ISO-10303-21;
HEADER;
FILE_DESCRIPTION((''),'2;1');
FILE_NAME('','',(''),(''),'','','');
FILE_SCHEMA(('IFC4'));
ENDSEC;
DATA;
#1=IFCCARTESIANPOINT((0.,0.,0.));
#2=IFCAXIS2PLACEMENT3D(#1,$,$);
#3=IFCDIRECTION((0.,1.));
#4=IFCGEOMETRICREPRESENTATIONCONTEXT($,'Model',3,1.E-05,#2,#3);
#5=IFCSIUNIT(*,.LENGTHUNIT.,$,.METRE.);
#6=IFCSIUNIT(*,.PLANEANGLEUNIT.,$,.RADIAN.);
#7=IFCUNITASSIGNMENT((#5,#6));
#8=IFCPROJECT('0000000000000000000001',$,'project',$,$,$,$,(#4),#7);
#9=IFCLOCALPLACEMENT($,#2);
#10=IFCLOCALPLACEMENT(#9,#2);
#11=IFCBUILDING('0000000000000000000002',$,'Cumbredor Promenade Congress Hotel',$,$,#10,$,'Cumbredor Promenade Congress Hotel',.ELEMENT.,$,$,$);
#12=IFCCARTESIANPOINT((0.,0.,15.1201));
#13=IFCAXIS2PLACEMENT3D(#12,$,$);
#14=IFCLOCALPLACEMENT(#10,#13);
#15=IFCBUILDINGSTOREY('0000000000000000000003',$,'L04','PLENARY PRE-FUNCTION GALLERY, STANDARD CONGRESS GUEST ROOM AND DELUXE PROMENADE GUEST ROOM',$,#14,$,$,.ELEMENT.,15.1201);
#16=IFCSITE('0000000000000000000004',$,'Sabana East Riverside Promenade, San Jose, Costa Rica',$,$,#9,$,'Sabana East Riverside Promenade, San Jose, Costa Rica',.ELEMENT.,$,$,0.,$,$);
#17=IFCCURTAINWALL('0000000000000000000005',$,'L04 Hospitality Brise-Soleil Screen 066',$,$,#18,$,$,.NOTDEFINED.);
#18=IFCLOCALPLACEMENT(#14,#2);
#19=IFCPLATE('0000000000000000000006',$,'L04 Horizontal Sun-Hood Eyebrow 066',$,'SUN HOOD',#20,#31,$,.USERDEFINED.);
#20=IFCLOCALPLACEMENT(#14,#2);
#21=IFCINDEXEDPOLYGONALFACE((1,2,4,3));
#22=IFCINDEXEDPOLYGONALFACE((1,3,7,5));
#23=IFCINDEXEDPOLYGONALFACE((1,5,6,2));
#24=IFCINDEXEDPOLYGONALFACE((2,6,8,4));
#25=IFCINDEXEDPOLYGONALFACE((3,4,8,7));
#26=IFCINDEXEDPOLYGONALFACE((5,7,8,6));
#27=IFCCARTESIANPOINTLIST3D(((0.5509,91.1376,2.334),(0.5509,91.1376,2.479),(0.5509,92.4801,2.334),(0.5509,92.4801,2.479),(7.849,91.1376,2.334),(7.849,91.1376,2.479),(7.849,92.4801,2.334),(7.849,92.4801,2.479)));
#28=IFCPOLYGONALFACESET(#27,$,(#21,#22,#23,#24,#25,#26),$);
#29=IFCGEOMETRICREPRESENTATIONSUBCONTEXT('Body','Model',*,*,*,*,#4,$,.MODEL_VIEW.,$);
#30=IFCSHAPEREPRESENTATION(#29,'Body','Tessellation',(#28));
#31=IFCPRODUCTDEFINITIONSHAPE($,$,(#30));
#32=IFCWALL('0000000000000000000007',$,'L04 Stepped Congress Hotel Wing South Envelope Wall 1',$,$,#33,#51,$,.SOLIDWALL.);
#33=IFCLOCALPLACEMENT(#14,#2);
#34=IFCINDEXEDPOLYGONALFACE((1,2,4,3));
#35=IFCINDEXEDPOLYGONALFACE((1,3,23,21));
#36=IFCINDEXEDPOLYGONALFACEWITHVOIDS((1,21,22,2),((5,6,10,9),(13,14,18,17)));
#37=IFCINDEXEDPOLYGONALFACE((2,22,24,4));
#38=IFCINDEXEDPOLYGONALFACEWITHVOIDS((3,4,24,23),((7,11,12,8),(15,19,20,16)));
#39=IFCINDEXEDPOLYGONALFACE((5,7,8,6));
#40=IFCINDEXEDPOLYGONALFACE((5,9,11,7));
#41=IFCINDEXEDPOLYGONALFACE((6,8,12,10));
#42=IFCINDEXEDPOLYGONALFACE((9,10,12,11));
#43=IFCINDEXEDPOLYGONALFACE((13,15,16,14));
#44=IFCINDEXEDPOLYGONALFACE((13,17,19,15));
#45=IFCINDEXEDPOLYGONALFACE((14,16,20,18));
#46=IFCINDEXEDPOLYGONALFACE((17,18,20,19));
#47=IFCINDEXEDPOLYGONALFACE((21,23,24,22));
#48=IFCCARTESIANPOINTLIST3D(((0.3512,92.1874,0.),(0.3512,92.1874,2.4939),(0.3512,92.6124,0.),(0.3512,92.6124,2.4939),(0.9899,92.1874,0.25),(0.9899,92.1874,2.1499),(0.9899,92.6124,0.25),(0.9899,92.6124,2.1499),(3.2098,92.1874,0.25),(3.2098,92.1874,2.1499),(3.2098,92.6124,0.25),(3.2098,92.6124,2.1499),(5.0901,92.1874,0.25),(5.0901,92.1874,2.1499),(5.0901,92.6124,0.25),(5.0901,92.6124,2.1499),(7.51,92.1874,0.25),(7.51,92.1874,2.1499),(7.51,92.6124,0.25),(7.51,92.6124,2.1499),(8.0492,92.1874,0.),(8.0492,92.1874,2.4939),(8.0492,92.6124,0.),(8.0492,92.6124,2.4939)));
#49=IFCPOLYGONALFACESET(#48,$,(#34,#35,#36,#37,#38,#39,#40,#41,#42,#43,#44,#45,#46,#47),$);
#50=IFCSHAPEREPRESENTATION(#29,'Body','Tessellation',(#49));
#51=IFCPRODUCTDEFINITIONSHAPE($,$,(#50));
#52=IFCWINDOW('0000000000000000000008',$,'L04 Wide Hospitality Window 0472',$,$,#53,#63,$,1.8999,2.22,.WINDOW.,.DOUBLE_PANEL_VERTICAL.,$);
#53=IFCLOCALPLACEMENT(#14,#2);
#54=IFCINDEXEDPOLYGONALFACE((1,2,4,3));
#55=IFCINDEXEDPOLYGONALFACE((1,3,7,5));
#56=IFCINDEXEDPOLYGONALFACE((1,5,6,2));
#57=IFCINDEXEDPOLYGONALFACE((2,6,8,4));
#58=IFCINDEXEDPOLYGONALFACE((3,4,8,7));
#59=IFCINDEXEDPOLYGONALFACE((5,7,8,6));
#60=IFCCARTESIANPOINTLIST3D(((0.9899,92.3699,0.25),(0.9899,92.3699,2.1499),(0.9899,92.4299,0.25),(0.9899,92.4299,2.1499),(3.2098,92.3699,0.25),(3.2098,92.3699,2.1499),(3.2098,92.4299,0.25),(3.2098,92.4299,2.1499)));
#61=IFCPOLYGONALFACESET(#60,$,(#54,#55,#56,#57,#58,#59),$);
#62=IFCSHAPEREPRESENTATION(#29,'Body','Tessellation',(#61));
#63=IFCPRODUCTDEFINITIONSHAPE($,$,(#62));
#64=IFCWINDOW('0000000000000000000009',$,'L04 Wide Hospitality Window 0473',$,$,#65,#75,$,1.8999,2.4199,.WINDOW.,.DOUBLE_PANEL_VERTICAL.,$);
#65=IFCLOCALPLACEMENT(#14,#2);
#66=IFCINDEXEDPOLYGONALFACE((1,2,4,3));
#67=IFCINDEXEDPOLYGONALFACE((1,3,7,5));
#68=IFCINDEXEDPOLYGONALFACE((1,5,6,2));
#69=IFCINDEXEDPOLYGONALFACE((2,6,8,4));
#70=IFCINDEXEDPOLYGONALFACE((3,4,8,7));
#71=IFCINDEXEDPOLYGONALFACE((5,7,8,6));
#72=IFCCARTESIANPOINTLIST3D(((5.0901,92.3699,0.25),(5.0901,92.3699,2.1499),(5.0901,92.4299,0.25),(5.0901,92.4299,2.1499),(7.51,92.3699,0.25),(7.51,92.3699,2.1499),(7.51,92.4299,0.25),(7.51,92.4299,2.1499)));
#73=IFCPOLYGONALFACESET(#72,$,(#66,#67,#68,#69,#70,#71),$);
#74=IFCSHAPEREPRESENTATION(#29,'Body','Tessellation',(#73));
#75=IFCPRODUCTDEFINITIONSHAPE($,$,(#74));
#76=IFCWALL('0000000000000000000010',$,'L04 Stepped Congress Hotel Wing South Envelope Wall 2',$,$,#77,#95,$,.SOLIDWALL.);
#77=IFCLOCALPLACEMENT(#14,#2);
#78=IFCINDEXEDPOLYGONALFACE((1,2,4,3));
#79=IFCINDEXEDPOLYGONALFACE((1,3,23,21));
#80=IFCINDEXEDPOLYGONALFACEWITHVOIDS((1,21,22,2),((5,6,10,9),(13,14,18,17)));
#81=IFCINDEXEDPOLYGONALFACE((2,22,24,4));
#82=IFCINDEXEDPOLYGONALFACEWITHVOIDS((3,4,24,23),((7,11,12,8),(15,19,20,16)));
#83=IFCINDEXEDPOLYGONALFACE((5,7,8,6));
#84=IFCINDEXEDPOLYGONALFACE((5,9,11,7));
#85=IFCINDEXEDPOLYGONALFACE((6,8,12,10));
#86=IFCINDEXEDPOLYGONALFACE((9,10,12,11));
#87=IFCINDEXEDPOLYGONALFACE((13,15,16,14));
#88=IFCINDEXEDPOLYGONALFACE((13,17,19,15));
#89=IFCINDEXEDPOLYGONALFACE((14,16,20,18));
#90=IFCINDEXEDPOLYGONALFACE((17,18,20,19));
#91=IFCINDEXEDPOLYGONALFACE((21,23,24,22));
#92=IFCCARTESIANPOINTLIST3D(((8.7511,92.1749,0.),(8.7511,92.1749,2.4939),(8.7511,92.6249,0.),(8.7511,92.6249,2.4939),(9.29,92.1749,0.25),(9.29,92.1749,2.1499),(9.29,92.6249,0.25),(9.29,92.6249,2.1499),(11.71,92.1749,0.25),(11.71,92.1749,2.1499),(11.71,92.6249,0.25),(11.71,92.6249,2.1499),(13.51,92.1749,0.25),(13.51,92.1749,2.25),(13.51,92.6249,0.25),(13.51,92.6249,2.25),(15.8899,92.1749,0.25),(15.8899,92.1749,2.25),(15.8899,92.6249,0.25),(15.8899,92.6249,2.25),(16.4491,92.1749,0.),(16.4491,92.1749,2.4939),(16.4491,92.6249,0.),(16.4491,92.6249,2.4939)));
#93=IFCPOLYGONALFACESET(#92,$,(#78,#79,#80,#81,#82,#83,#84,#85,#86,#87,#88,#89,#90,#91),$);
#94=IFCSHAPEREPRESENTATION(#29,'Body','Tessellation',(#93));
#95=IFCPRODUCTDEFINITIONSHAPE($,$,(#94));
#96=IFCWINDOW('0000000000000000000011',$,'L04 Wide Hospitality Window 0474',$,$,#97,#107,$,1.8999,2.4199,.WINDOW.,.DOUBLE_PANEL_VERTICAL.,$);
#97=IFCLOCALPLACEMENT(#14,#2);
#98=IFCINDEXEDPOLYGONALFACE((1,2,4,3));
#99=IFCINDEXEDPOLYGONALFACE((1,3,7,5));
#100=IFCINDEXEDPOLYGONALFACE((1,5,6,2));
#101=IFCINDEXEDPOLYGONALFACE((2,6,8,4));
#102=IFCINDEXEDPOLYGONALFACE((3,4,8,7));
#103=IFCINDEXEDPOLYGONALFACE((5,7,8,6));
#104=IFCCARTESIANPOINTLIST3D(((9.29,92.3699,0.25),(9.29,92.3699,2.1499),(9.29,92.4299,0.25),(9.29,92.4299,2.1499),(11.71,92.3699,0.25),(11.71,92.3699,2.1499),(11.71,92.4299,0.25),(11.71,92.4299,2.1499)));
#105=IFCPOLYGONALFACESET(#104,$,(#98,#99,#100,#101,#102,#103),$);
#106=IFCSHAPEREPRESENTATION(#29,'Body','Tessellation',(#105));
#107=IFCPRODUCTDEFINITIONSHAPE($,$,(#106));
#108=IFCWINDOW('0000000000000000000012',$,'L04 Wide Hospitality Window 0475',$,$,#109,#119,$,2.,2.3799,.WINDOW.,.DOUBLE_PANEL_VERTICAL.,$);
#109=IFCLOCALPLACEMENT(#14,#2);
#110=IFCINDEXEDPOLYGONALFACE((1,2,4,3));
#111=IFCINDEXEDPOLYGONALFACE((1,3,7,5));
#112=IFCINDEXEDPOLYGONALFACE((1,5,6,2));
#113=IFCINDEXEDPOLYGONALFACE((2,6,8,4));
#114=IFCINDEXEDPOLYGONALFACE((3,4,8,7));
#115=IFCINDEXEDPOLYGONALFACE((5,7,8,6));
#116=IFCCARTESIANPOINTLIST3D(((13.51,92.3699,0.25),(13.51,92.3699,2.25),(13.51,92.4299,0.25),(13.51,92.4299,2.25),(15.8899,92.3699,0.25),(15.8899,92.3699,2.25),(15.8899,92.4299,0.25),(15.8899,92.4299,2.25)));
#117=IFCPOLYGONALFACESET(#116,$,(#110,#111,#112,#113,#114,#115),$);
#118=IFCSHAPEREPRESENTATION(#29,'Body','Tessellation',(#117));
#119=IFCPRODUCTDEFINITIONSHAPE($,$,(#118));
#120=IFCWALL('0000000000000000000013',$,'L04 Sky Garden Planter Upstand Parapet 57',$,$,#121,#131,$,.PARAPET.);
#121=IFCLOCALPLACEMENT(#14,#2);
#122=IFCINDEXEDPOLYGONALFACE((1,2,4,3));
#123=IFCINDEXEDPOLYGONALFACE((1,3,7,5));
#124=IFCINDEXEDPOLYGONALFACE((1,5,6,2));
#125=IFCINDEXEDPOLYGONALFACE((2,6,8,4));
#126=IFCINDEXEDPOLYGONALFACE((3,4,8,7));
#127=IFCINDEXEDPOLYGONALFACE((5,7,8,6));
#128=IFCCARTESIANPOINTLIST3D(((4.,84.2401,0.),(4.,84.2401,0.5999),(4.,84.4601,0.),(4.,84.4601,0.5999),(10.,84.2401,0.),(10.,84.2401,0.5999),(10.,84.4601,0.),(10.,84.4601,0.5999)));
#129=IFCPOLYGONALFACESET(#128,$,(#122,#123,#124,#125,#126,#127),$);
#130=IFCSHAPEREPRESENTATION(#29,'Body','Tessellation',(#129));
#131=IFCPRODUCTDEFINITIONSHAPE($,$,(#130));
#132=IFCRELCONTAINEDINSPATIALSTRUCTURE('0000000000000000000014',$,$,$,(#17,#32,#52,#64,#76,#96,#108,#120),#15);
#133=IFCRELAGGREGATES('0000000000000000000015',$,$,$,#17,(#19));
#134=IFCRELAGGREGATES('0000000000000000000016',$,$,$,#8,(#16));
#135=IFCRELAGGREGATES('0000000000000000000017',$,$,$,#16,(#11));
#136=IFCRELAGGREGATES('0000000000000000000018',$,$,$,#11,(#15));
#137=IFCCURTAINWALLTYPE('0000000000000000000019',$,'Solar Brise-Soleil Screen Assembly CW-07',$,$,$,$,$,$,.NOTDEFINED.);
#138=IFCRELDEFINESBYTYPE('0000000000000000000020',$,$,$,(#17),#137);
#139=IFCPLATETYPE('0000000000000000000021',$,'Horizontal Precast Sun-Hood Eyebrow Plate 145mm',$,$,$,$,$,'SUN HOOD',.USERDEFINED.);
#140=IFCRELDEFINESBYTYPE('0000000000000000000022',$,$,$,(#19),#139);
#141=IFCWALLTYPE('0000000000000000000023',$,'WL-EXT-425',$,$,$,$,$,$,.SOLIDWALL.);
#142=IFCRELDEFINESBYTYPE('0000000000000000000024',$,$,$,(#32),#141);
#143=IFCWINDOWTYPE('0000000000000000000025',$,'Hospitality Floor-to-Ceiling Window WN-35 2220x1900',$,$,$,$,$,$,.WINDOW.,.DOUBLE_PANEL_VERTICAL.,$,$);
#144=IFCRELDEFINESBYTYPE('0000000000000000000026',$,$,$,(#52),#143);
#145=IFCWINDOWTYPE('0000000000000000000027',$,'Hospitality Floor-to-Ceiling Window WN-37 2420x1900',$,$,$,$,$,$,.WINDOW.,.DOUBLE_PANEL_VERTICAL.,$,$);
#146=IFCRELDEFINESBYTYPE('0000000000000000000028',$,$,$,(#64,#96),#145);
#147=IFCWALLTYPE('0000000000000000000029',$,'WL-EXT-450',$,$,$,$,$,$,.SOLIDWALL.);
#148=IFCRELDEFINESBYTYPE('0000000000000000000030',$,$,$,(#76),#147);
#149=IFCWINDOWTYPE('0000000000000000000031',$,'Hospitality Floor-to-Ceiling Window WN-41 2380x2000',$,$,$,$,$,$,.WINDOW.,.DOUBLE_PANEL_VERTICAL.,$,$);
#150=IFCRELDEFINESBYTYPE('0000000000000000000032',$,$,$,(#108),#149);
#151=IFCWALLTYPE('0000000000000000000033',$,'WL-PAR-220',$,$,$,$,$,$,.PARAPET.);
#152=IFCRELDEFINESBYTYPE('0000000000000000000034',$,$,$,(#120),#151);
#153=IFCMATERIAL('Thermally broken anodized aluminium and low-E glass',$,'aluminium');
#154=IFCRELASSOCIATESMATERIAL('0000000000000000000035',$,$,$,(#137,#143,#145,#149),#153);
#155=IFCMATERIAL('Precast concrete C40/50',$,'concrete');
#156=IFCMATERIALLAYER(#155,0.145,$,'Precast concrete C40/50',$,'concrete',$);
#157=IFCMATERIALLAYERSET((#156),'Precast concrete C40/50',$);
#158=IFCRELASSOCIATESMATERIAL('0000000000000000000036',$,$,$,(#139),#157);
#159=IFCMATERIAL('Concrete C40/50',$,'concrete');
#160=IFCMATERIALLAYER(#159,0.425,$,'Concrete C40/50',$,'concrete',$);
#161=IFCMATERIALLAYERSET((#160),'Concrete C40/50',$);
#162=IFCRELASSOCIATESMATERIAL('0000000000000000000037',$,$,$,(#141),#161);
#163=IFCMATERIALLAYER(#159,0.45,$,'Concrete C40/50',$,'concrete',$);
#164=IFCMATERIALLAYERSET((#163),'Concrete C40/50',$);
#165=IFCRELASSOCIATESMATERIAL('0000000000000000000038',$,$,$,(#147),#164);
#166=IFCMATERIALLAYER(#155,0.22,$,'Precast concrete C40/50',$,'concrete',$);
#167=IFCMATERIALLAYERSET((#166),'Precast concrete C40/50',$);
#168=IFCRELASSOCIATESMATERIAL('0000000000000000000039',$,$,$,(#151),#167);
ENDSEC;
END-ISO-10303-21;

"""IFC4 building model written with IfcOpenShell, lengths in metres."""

from ifc_helpers import new_model, si_unit, direction, frame, frame_2d, origin, origin_2d, place, context, subcontext, project, spatial, rectangle, extrude, material, layer, layer_set, type_object, element, fill, aggregate, save


model = new_model("IFC4")

# Units and contexts
model_context = context("Model", 3, precision=1e-05, world=origin(), true_north=direction((0.0, 1.0)))
body_context = subcontext(model_context, "Body", "Model", "MODEL_VIEW")
ifc_project = project(units=[si_unit("LENGTHUNIT", "METRE"), si_unit("PLANEANGLEUNIT", "RADIAN")], contexts=[model_context])

# Site, building, storey
site_placement = place(None, origin())
site = spatial("IfcSite", under=ifc_project, at=site_placement, Name="Sabana East Riverside Promenade, San Jose, Costa Rica", LongName="Sabana East Riverside Promenade, San Jose, Costa Rica", CompositionType="ELEMENT", RefElevation=0.0)
building_placement = place(site_placement, origin())
building = spatial("IfcBuilding", under=site, at=building_placement, Name="Cumbredor Promenade Congress Hotel", LongName="Cumbredor Promenade Congress Hotel", CompositionType="ELEMENT")
storey_placement = place(building_placement, frame((0.0, 0.0, 15.1201)))
storey = spatial("IfcBuildingStorey", under=building, at=storey_placement, Name="L04", Description="PLENARY PRE-FUNCTION GALLERY, STANDARD CONGRESS GUEST ROOM AND DELUXE PROMENADE GUEST ROOM", CompositionType="ELEMENT", Elevation=15.1201)

# Shared definitions
ifc_material_1 = material(Name="Concrete C40/50", Category="concrete")

# Curtain wall
ifc_material_2 = material(Name="Thermally broken anodized aluminium and low-E glass", Category="aluminium")
curtain_wall_type = type_object("IfcCurtainWallType", Name="Solar Brise-Soleil Screen Assembly CW-07", PredefinedType="NOTDEFINED", material=ifc_material_2)
curtain_wall_1_placement = place(storey_placement, origin())
curtain_wall_1 = element("IfcCurtainWall", 1, at=curtain_wall_1_placement, inside=storey, type_object=curtain_wall_type, Name="L04 Hospitality Brise-Soleil Screen 066", PredefinedType="NOTDEFINED")

# Plate
ifc_material_3 = material(Name="Precast concrete C40/50", Category="concrete")
ifc_layer_1 = layer(ifc_material_3, 0.145, Name="Precast concrete C40/50", Category="concrete")
ifc_layer_set_1 = layer_set([ifc_layer_1], Name="Precast concrete C40/50")
plate_type = type_object("IfcPlateType", Name="Horizontal Precast Sun-Hood Eyebrow Plate 145mm", ElementType="SUN HOOD", PredefinedType="USERDEFINED", material=ifc_layer_set_1)
plate_placement = place(storey_placement, frame((4.2, 91.8088, 2.334), z_axis=(0.0, 0.0, 1.0), x_axis=(1.0, 0.0, 0.0)))
plate = element("IfcPlate", 2, at=plate_placement, type_object=plate_type, Name="L04 Horizontal Sun-Hood Eyebrow 066", ObjectType="SUN HOOD", PredefinedType="USERDEFINED", context=body_context, shape_type="SweptSolid", body=[
    extrude(rectangle(XDim=7.2981, YDim=1.3425, at=origin_2d()), origin(), (0.0, 0.0, 1.0), 0.145),
])
aggregate(curtain_wall_1, [plate])

# Walls, openings, windows
ifc_layer_2 = layer(ifc_material_1, 0.425, Name="Concrete C40/50", Category="concrete")
ifc_layer_set_2 = layer_set([ifc_layer_2], Name="Concrete C40/50")
wall_type_1 = type_object("IfcWallType", Name="WL-EXT-425", PredefinedType="SOLIDWALL", material=ifc_layer_set_2)
wall_1_placement = place(storey_placement, frame((0.3511, 92.3999, 0.0), z_axis=(0.0, 0.0, 1.0), x_axis=(1.0, 0.0, 0.0)))
wall_1 = element("IfcWall", 3, at=wall_1_placement, inside=storey, type_object=wall_type_1, Name="L04 Stepped Congress Hotel Wing South Envelope Wall 1", PredefinedType="SOLIDWALL", context=body_context, shape_type="SweptSolid", body=[
    extrude(rectangle(XDim=7.698, YDim=0.425, at=frame_2d((3.8491, 0.0))), origin(), (0.0, 0.0, 1.0), 2.4939),
])
opening_1_placement = place(wall_1_placement, frame((0.6389, 0.0, 0.25)))
opening_1 = element("IfcOpeningElement", 4, at=opening_1_placement, cuts=wall_1, PredefinedType="OPENING", context=body_context, shape_type="SweptSolid", body=[
    extrude(rectangle(XDim=2.22, YDim=1.8999, at=frame_2d((1.1099, 0.95))), frame((0.0, 0.2227, 0.0), z_axis=(0.0, -1.0, 0.0), x_axis=(1.0, 0.0, 0.0)), (0.0, 0.0, 1.0), 0.4451),
])
opening_2_placement = place(wall_1_placement, frame((4.739, 0.0, 0.25)))
opening_2 = element("IfcOpeningElement", 5, at=opening_2_placement, cuts=wall_1, PredefinedType="OPENING", context=body_context, shape_type="SweptSolid", body=[
    extrude(rectangle(XDim=2.4199, YDim=1.8999, at=frame_2d((1.21, 0.95))), frame((0.0, 0.2227, 0.0), z_axis=(0.0, -1.0, 0.0), x_axis=(1.0, 0.0, 0.0)), (0.0, 0.0, 1.0), 0.4451),
])
window_type_1 = type_object("IfcWindowType", Name="Hospitality Floor-to-Ceiling Window WN-35 2220x1900", PartitioningType="DOUBLE_PANEL_VERTICAL", PredefinedType="WINDOW", material=ifc_material_2)
window_1_placement = place(opening_1_placement, origin())
window_1 = element("IfcWindow", 6, at=window_1_placement, inside=storey, type_object=window_type_1, Name="L04 Wide Hospitality Window 0472", OverallHeight=1.8999, OverallWidth=2.22, PartitioningType="DOUBLE_PANEL_VERTICAL", PredefinedType="WINDOW", context=body_context, shape_type="SweptSolid", body=[
    extrude(rectangle(XDim=2.22, YDim=1.8999, at=frame_2d((1.1099, 0.95))), frame((0.0, 0.03, 0.0), z_axis=(0.0, -1.0, 0.0), x_axis=(1.0, 0.0, 0.0)), (0.0, 0.0, 1.0), 0.0601),
])
fill(opening_1, window_1)
window_type_2 = type_object("IfcWindowType", Name="Hospitality Floor-to-Ceiling Window WN-37 2420x1900", PartitioningType="DOUBLE_PANEL_VERTICAL", PredefinedType="WINDOW", material=ifc_material_2)
window_2_placement = place(opening_2_placement, origin())
window_2 = element("IfcWindow", 7, at=window_2_placement, inside=storey, type_object=window_type_2, Name="L04 Wide Hospitality Window 0473", OverallHeight=1.8999, OverallWidth=2.4199, PartitioningType="DOUBLE_PANEL_VERTICAL", PredefinedType="WINDOW", context=body_context, shape_type="SweptSolid", body=[
    extrude(rectangle(XDim=2.4199, YDim=1.8999, at=frame_2d((1.21, 0.95))), frame((0.0, 0.03, 0.0), z_axis=(0.0, -1.0, 0.0), x_axis=(1.0, 0.0, 0.0)), (0.0, 0.0, 1.0), 0.0601),
])
fill(opening_2, window_2)
ifc_layer_3 = layer(ifc_material_1, 0.45, Name="Concrete C40/50", Category="concrete")
ifc_layer_set_3 = layer_set([ifc_layer_3], Name="Concrete C40/50")
wall_type_2 = type_object("IfcWallType", Name="WL-EXT-450", PredefinedType="SOLIDWALL", material=ifc_layer_set_3)
wall_2_placement = place(storey_placement, frame((8.751, 92.3999, 0.0), z_axis=(0.0, 0.0, 1.0), x_axis=(1.0, 0.0, 0.0)))
wall_2 = element("IfcWall", 8, at=wall_2_placement, inside=storey, type_object=wall_type_2, Name="L04 Stepped Congress Hotel Wing South Envelope Wall 2", PredefinedType="SOLIDWALL", context=body_context, shape_type="SweptSolid", body=[
    extrude(rectangle(XDim=7.698, YDim=0.45, at=frame_2d((3.8491, 0.0))), origin(), (0.0, 0.0, 1.0), 2.4939),
])
opening_3_placement = place(wall_2_placement, frame((0.5391, 0.0, 0.25)))
opening_3 = element("IfcOpeningElement", 9, at=opening_3_placement, cuts=wall_2, PredefinedType="OPENING", context=body_context, shape_type="SweptSolid", body=[
    extrude(rectangle(XDim=2.4199, YDim=1.8999, at=frame_2d((1.21, 0.95))), frame((0.0, 0.2349, 0.0), z_axis=(0.0, -1.0, 0.0), x_axis=(1.0, 0.0, 0.0)), (0.0, 0.0, 1.0), 0.47),
])
opening_4_placement = place(wall_2_placement, frame((4.759, 0.0, 0.25)))
opening_4 = element("IfcOpeningElement", 10, at=opening_4_placement, cuts=wall_2, PredefinedType="OPENING", context=body_context, shape_type="SweptSolid", body=[
    extrude(rectangle(XDim=2.3799, YDim=2.0, at=frame_2d((1.1899, 1.0))), frame((0.0, 0.2349, 0.0), z_axis=(0.0, -1.0, 0.0), x_axis=(1.0, 0.0, 0.0)), (0.0, 0.0, 1.0), 0.47),
])
window_3_placement = place(opening_3_placement, origin())
window_3 = element("IfcWindow", 11, at=window_3_placement, inside=storey, type_object=window_type_2, Name="L04 Wide Hospitality Window 0474", OverallHeight=1.8999, OverallWidth=2.4199, PartitioningType="DOUBLE_PANEL_VERTICAL", PredefinedType="WINDOW", context=body_context, shape_type="SweptSolid", body=[
    extrude(rectangle(XDim=2.4199, YDim=1.8999, at=frame_2d((1.21, 0.95))), frame((0.0, 0.03, 0.0), z_axis=(0.0, -1.0, 0.0), x_axis=(1.0, 0.0, 0.0)), (0.0, 0.0, 1.0), 0.0601),
])
fill(opening_3, window_3)
window_type_3 = type_object("IfcWindowType", Name="Hospitality Floor-to-Ceiling Window WN-41 2380x2000", PartitioningType="DOUBLE_PANEL_VERTICAL", PredefinedType="WINDOW", material=ifc_material_2)
window_4_placement = place(opening_4_placement, origin())
window_4 = element("IfcWindow", 12, at=window_4_placement, inside=storey, type_object=window_type_3, Name="L04 Wide Hospitality Window 0475", OverallHeight=2.0, OverallWidth=2.3799, PartitioningType="DOUBLE_PANEL_VERTICAL", PredefinedType="WINDOW", context=body_context, shape_type="SweptSolid", body=[
    extrude(rectangle(XDim=2.3799, YDim=2.0, at=frame_2d((1.1899, 1.0))), frame((0.0, 0.03, 0.0), z_axis=(0.0, -1.0, 0.0), x_axis=(1.0, 0.0, 0.0)), (0.0, 0.0, 1.0), 0.0601),
])
fill(opening_4, window_4)

# Wall
ifc_layer_4 = layer(ifc_material_3, 0.22, Name="Precast concrete C40/50", Category="concrete")
ifc_layer_set_4 = layer_set([ifc_layer_4], Name="Precast concrete C40/50")
wall_type_3 = type_object("IfcWallType", Name="WL-PAR-220", PredefinedType="PARAPET", material=ifc_layer_set_4)
wall_3_placement = place(storey_placement, frame((4.0, 84.3501, 0.0), z_axis=(0.0, 0.0, 1.0), x_axis=(1.0, 0.0, 0.0)))
element("IfcWall", 13, at=wall_3_placement, inside=storey, type_object=wall_type_3, Name="L04 Sky Garden Planter Upstand Parapet 57", PredefinedType="PARAPET", context=body_context, shape_type="SweptSolid", body=[
    extrude(rectangle(XDim=6.0, YDim=0.22, at=frame_2d((3.0, 0.0))), origin(), (0.0, 0.0, 1.0), 0.5999),
])

save(model, "model.ifc")
